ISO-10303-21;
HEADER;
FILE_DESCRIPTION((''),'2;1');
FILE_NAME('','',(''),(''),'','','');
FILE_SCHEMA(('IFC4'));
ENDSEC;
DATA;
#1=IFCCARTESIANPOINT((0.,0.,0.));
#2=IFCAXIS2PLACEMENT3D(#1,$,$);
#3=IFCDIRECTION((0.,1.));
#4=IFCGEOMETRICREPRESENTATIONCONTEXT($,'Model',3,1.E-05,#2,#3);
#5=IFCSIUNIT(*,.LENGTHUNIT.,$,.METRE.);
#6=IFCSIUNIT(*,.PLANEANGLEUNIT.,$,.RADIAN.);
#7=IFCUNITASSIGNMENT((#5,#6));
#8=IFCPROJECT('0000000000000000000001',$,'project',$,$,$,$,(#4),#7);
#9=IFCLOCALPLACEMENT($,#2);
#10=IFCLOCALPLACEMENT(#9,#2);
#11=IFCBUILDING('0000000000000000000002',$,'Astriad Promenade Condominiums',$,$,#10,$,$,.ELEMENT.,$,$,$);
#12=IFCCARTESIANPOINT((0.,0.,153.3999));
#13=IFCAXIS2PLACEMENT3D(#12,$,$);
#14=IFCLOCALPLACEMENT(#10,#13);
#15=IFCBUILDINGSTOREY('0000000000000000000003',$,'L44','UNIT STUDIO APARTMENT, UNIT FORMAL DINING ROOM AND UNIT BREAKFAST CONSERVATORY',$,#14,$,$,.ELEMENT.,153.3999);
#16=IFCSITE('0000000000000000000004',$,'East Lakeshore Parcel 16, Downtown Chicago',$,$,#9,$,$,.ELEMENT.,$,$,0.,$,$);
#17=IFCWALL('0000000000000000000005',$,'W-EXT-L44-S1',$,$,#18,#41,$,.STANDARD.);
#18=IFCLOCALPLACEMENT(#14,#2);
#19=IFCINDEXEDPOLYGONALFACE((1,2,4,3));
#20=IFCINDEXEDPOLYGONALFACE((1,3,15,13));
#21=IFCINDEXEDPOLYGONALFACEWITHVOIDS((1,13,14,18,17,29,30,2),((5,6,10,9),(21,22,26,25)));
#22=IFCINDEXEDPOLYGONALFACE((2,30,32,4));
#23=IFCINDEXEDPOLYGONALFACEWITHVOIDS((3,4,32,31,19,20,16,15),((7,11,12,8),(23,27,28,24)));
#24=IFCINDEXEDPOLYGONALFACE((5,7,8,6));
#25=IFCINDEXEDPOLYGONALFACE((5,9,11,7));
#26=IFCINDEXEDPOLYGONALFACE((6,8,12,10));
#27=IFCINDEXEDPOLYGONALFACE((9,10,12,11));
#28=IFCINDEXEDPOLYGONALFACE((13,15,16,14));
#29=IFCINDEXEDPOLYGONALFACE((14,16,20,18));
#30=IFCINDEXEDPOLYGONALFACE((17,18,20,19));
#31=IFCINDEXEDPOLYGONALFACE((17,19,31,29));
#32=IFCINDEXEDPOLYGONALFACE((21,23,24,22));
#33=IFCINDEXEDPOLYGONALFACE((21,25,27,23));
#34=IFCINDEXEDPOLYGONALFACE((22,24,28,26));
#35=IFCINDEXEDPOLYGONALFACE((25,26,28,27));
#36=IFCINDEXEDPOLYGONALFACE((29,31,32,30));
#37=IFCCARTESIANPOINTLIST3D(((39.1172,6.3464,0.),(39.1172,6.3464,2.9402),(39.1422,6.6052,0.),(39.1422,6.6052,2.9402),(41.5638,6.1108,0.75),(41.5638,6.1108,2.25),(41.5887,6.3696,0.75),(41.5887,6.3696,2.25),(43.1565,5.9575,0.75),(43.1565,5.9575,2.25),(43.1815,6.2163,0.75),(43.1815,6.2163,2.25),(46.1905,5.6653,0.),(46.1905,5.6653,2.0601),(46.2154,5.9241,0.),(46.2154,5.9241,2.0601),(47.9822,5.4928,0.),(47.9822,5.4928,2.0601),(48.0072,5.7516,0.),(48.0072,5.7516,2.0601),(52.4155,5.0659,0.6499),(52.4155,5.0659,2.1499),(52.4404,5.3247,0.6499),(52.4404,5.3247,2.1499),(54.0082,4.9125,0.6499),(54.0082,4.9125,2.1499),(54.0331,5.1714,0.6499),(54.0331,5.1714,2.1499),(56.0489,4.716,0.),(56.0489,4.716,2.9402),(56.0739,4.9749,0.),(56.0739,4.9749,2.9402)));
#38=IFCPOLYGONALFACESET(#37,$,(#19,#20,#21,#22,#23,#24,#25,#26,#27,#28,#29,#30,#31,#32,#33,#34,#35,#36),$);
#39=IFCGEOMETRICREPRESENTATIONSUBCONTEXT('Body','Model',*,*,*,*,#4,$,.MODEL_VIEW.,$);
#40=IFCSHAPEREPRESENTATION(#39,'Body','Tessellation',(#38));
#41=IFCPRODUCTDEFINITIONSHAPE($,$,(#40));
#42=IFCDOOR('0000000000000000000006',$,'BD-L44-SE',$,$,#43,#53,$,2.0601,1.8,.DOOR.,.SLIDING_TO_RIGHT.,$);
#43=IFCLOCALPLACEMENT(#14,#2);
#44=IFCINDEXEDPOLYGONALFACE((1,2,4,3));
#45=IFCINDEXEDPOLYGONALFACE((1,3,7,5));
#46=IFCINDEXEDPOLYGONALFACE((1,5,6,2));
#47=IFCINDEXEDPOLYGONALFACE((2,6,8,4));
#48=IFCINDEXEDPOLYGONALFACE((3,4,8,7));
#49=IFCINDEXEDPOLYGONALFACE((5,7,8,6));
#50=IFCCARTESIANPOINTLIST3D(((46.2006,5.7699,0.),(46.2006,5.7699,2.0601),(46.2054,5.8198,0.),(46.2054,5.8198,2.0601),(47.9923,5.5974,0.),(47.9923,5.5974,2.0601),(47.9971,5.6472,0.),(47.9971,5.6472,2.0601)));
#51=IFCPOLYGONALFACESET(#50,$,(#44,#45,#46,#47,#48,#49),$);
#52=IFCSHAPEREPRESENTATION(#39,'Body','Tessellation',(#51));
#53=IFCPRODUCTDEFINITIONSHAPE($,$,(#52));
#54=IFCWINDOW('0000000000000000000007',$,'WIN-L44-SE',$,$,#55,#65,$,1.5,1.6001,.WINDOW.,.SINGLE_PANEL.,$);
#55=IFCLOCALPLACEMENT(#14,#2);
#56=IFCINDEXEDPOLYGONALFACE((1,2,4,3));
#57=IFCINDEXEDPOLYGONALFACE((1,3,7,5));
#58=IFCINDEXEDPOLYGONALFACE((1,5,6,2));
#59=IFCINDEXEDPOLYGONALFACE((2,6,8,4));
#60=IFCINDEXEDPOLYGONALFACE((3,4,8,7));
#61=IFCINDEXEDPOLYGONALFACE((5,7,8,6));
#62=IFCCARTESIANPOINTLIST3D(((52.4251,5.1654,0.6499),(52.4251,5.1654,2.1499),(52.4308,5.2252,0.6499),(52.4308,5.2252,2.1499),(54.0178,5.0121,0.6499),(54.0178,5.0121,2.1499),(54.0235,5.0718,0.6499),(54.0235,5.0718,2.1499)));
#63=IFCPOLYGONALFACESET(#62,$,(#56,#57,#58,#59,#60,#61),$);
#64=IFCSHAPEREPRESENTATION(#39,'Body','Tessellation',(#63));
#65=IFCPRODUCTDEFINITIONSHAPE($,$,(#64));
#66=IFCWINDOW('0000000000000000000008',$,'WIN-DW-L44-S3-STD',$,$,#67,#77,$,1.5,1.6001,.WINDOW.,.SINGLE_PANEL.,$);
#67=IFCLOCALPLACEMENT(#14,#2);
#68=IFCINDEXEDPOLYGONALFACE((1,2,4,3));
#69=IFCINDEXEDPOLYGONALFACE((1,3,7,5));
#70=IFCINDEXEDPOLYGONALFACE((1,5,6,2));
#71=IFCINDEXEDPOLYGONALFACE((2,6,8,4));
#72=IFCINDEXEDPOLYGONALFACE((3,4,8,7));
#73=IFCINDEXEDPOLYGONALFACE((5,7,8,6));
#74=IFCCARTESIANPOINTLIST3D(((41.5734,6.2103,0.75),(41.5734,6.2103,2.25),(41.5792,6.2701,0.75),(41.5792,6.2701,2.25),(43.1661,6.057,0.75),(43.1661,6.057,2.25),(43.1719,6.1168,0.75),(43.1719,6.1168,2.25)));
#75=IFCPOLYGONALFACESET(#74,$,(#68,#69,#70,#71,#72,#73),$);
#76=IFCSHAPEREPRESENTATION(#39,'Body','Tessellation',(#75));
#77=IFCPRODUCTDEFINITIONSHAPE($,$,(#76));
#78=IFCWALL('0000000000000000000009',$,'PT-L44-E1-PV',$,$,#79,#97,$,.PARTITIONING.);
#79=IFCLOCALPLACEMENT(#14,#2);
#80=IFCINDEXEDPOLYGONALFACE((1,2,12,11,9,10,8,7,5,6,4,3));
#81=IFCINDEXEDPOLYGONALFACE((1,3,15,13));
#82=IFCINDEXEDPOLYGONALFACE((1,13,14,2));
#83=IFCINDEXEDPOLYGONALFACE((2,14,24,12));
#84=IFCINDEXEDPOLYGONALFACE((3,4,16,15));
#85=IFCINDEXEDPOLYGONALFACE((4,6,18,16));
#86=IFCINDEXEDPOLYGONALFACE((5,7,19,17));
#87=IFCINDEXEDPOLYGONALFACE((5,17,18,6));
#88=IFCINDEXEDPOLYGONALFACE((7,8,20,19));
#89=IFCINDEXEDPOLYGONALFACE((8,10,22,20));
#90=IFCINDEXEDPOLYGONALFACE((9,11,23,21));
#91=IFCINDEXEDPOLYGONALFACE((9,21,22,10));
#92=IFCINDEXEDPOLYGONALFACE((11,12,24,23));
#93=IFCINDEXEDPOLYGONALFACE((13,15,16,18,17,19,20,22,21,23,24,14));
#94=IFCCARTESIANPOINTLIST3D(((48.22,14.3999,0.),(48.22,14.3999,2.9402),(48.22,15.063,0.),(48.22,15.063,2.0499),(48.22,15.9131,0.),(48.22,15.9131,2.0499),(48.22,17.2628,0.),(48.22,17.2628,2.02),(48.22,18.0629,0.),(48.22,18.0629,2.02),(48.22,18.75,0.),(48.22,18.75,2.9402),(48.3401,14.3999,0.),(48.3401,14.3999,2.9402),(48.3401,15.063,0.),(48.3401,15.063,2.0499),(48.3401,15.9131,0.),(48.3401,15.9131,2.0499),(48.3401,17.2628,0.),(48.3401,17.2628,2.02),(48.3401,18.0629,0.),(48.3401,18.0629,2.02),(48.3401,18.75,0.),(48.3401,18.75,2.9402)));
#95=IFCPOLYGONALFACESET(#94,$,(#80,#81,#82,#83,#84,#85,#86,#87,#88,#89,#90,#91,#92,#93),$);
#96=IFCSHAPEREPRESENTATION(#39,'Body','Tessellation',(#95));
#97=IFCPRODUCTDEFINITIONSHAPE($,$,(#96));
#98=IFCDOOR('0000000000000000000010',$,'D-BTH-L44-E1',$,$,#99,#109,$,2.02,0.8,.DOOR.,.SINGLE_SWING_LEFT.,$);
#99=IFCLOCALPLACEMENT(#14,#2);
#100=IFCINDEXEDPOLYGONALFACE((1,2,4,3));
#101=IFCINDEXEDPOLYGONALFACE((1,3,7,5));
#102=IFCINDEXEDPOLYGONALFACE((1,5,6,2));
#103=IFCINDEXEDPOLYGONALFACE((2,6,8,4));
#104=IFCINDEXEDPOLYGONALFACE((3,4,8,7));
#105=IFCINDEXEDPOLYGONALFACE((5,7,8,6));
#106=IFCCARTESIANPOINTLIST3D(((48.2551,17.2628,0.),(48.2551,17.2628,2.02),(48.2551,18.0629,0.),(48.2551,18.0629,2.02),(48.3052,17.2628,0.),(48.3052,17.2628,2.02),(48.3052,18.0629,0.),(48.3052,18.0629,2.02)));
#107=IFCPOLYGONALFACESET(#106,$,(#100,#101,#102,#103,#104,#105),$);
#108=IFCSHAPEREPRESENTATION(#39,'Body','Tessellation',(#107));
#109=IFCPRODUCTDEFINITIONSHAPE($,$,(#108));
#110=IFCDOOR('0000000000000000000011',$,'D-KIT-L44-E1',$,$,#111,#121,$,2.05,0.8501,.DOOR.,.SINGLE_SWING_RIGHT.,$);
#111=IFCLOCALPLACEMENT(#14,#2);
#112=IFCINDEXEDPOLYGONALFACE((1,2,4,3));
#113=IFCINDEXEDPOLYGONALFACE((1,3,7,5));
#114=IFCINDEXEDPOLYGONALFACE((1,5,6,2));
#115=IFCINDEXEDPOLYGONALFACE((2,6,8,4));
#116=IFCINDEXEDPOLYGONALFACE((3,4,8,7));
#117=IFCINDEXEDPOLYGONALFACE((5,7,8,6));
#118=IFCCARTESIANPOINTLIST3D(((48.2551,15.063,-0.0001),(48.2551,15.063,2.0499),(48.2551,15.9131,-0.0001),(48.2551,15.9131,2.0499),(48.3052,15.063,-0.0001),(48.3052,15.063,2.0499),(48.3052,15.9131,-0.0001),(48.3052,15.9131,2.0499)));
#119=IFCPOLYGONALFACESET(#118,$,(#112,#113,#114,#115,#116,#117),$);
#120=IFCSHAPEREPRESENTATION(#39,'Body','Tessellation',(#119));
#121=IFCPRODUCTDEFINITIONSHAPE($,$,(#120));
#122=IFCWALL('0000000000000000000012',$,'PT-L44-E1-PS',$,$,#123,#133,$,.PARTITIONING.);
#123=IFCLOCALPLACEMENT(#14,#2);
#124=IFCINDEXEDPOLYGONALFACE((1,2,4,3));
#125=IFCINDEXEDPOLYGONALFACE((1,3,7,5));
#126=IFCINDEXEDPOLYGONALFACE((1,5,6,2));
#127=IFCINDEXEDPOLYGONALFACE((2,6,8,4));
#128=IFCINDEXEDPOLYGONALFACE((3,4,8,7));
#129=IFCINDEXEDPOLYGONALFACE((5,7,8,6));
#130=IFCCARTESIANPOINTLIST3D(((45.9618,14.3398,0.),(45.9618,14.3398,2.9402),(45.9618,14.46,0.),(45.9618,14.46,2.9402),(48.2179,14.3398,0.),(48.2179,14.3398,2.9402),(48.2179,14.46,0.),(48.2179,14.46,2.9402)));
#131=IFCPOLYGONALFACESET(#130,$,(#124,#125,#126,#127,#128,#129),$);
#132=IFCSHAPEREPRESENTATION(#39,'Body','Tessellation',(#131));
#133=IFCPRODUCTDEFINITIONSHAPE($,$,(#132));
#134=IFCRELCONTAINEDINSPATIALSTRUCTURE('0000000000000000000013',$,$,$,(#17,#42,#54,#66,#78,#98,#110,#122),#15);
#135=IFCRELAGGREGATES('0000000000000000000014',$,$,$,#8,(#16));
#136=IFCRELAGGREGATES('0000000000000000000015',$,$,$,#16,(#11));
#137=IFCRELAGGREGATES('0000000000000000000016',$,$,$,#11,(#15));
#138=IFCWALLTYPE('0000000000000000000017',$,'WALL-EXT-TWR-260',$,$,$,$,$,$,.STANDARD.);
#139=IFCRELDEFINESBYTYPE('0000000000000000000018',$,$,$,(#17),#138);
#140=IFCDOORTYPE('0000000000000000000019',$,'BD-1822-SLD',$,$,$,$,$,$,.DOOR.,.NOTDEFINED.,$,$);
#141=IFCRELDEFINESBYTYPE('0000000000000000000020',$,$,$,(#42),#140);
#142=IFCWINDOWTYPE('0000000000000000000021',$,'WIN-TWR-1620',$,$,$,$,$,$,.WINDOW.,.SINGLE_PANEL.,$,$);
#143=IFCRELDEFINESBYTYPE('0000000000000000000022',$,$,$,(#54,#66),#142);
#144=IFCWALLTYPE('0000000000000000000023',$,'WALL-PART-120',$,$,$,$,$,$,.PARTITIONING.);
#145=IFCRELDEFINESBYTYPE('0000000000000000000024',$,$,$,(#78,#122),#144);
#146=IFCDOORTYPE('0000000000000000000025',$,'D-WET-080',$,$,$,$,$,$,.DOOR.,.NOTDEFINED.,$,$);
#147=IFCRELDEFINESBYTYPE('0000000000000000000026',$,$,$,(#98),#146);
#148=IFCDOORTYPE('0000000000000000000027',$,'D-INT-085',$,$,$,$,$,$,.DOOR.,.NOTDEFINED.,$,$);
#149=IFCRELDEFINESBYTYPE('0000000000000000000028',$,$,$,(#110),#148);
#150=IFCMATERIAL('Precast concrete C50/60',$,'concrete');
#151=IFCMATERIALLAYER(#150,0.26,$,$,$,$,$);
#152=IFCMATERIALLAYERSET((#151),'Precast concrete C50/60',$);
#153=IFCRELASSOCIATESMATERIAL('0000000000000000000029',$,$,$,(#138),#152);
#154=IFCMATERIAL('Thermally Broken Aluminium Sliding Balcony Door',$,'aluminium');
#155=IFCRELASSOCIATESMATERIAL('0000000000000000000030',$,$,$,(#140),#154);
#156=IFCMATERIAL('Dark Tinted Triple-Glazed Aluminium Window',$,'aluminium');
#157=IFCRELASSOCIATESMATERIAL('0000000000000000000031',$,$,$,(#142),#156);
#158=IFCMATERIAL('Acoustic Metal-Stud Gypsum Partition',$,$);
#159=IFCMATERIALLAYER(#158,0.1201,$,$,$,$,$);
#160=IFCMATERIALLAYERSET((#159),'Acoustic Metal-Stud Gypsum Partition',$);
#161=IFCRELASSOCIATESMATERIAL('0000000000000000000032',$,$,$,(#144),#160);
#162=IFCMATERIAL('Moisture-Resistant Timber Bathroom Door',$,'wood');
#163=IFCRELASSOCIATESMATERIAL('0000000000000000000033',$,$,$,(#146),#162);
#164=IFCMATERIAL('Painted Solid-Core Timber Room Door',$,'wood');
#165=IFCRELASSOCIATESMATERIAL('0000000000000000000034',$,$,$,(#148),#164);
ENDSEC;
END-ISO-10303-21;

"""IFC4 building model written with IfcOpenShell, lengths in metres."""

from ifc_helpers import new_model, si_unit, direction, frame, frame_2d, origin, place, context, subcontext, project, spatial, rectangle, extrude, source, transform, mapped, material, layer, layer_set, type_object, type_shapes, element, fill, save


model = new_model("IFC4")

# Units and contexts
model_context = context("Model", 3, precision=1e-05, world=origin(), true_north=direction((0.0, 1.0)))
body_context = subcontext(model_context, "Body", "Model", "MODEL_VIEW")
ifc_project = project(units=[si_unit("LENGTHUNIT", "METRE"), si_unit("PLANEANGLEUNIT", "RADIAN")], contexts=[model_context])

# Site, building, storey
site_placement = place(None, origin())
site = spatial("IfcSite", under=ifc_project, at=site_placement, Name="East Lakeshore Parcel 16, Downtown Chicago", CompositionType="ELEMENT", RefElevation=0.0)
building_placement = place(site_placement, origin())
building = spatial("IfcBuilding", under=site, at=building_placement, Name="Astriad Promenade Condominiums", CompositionType="ELEMENT")
storey_placement = place(building_placement, frame((0.0, 0.0, 153.3999)))
storey = spatial("IfcBuildingStorey", under=building, at=storey_placement, Name="L44", Description="UNIT STUDIO APARTMENT, UNIT FORMAL DINING ROOM AND UNIT BREAKFAST CONSERVATORY", CompositionType="ELEMENT", Elevation=153.3999)

# Shared definitions
ifc_material_1 = material(Name="Precast concrete C50/60", Category="concrete")
ifc_layer_1 = layer(ifc_material_1, 0.26)
ifc_layer_set_1 = layer_set([ifc_layer_1], Name="Precast concrete C50/60")
wall_type_1 = type_object("IfcWallType", Name="WALL-EXT-TWR-260", PredefinedType="STANDARD", material=ifc_layer_set_1)

# Wall, openings, door, windows
wall_1_placement = place(storey_placement, frame((56.0613, 4.8455, 0.0), z_axis=(0.0, 0.0, 1.0), x_axis=(-0.995396, 0.095848, 0.0)))
wall_1 = element("IfcWall", 1, at=wall_1_placement, inside=storey, type_object=wall_type_1, Name="W-EXT-L44-S1", PredefinedType="STANDARD", context=body_context, shape_type="SweptSolid", body=[
    extrude(rectangle(XDim=17.01, YDim=0.26, at=frame_2d((8.5049, 0.0))), origin(), (0.0, 0.0, 1.0), 2.9402),
])
opening_1_placement = place(wall_1_placement, frame((8.104, 0.0, 0.0)))
opening_1 = element("IfcOpeningElement", 2, at=opening_1_placement, cuts=wall_1, PredefinedType="OPENING", context=body_context, shape_type="SweptSolid", body=[
    extrude(rectangle(XDim=1.8, YDim=2.0601, at=frame_2d((0.8999, 1.03))), frame((0.0, 0.1399, 0.0), z_axis=(0.0, -1.0, 0.0), x_axis=(1.0, 0.0, 0.0)), (0.0, 0.0, 1.0), 0.28),
])
opening_2_placement = place(wall_1_placement, frame((2.05, 0.0, 0.6499)))
opening_2 = element("IfcOpeningElement", 3, at=opening_2_placement, cuts=wall_1, PredefinedType="OPENING", context=body_context, shape_type="SweptSolid", body=[
    extrude(rectangle(XDim=1.6001, YDim=1.5, at=frame_2d((0.8, 0.75))), frame((0.0, 0.1399, 0.0), z_axis=(0.0, -1.0, 0.0), x_axis=(1.0, 0.0, 0.0)), (0.0, 0.0, 1.0), 0.28),
])
opening_3_placement = place(wall_1_placement, frame((12.9519, 0.0, 0.75)))
opening_3 = element("IfcOpeningElement", 4, at=opening_3_placement, cuts=wall_1, PredefinedType="OPENING", context=body_context, shape_type="SweptSolid", body=[
    extrude(rectangle(XDim=1.6001, YDim=1.5, at=frame_2d((0.8, 0.75))), frame((0.0, 0.1399, 0.0), z_axis=(0.0, -1.0, 0.0), x_axis=(1.0, 0.0, 0.0)), (0.0, 0.0, 1.0), 0.28),
])
ifc_material_2 = material(Name="Thermally Broken Aluminium Sliding Balcony Door", Category="aluminium")
door_type_1 = type_object("IfcDoorType", Name="BD-1822-SLD", OperationType="NOTDEFINED", PredefinedType="DOOR", material=ifc_material_2)
shared_shape_1 = source(origin(), body_context, "Body", "SweptSolid", [
    extrude(rectangle(XDim=1.8, YDim=2.0601, at=frame_2d((0.8999, 1.03))), frame((0.0, 0.0249, 0.0), z_axis=(0.0, -1.0, 0.0), x_axis=(1.0, 0.0, 0.0)), (0.0, 0.0, 1.0), 0.05),
])
type_shapes(door_type_1, [shared_shape_1])
door_1_placement = place(opening_1_placement, origin())
door_1 = element("IfcDoor", 5, at=door_1_placement, inside=storey, type_object=door_type_1, Name="BD-L44-SE", OperationType="SLIDING_TO_RIGHT", OverallHeight=2.0601, OverallWidth=1.8, PredefinedType="DOOR", context=body_context, shape_type="MappedRepresentation", body=[
    mapped(shared_shape_1, transform((0.0, 0.0, 0.0), scale=1.0)),
])
fill(opening_1, door_1)
ifc_material_3 = material(Name="Dark Tinted Triple-Glazed Aluminium Window", Category="aluminium")
window_type = type_object("IfcWindowType", Name="WIN-TWR-1620", PartitioningType="SINGLE_PANEL", PredefinedType="WINDOW", material=ifc_material_3)
shared_shape_2 = source(origin(), body_context, "Body", "SweptSolid", [
    extrude(rectangle(XDim=1.6001, YDim=1.5, at=frame_2d((0.8, 0.75))), frame((0.0, 0.03, 0.0), z_axis=(0.0, -1.0, 0.0), x_axis=(1.0, 0.0, 0.0)), (0.0, 0.0, 1.0), 0.0601),
])
type_shapes(window_type, [shared_shape_2])
window_1_placement = place(opening_2_placement, origin())
window_1 = element("IfcWindow", 6, at=window_1_placement, inside=storey, type_object=window_type, Name="WIN-L44-SE", OverallHeight=1.5, OverallWidth=1.6001, PartitioningType="SINGLE_PANEL", PredefinedType="WINDOW", context=body_context, shape_type="MappedRepresentation", body=[
    mapped(shared_shape_2, transform((0.0, 0.0, 0.0), scale=1.0)),
])
fill(opening_2, window_1)
window_2_placement = place(opening_3_placement, origin())
window_2 = element("IfcWindow", 7, at=window_2_placement, inside=storey, type_object=window_type, Name="WIN-DW-L44-S3-STD", OverallHeight=1.5, OverallWidth=1.6001, PartitioningType="SINGLE_PANEL", PredefinedType="WINDOW", context=body_context, shape_type="MappedRepresentation", body=[
    mapped(shared_shape_2, transform((0.0, 0.0, 0.0), scale=1.0)),
])
fill(opening_3, window_2)

# Wall, openings, doors
ifc_material_4 = material(Name="Acoustic Metal-Stud Gypsum Partition")
ifc_layer_2 = layer(ifc_material_4, 0.1201)
ifc_layer_set_2 = layer_set([ifc_layer_2], Name="Acoustic Metal-Stud Gypsum Partition")
wall_type_2 = type_object("IfcWallType", Name="WALL-PART-120", PredefinedType="PARTITIONING", material=ifc_layer_set_2)
wall_2_placement = place(storey_placement, frame((48.28, 14.3999, 0.0), z_axis=(0.0, 0.0, 1.0), x_axis=(0.0, 1.0, 0.0)))
wall_2 = element("IfcWall", 8, at=wall_2_placement, inside=storey, type_object=wall_type_2, Name="PT-L44-E1-PV", PredefinedType="PARTITIONING", context=body_context, shape_type="SweptSolid", body=[
    extrude(rectangle(XDim=4.3501, YDim=0.1201, at=frame_2d((2.175, 0.0))), origin(), (0.0, 0.0, 1.0), 2.9402),
])
opening_4_placement = place(wall_2_placement, frame((0.6631, 0.0, 0.0)))
opening_4 = element("IfcOpeningElement", 9, at=opening_4_placement, cuts=wall_2, PredefinedType="OPENING", context=body_context, shape_type="SweptSolid", body=[
    extrude(rectangle(XDim=0.8501, YDim=2.05, at=frame_2d((0.425, 1.0249))), frame((0.0, 0.0701, 0.0), z_axis=(0.0, -1.0, 0.0), x_axis=(1.0, 0.0, 0.0)), (0.0, 0.0, 1.0), 0.1401),
])
opening_5_placement = place(wall_2_placement, frame((2.863, 0.0, 0.0)))
opening_5 = element("IfcOpeningElement", 10, at=opening_5_placement, cuts=wall_2, PredefinedType="OPENING", context=body_context, shape_type="SweptSolid", body=[
    extrude(rectangle(XDim=0.8, YDim=2.02, at=frame_2d((0.3999, 1.01))), frame((0.0, 0.0701, 0.0), z_axis=(0.0, -1.0, 0.0), x_axis=(1.0, 0.0, 0.0)), (0.0, 0.0, 1.0), 0.1401),
])
ifc_material_5 = material(Name="Moisture-Resistant Timber Bathroom Door", Category="wood")
door_type_2 = type_object("IfcDoorType", Name="D-WET-080", OperationType="NOTDEFINED", PredefinedType="DOOR", material=ifc_material_5)
shared_shape_3 = source(origin(), body_context, "Body", "SweptSolid", [
    extrude(rectangle(XDim=0.8, YDim=2.02, at=frame_2d((0.3999, 1.01))), frame((0.0, 0.0249, 0.0), z_axis=(0.0, -1.0, 0.0), x_axis=(1.0, 0.0, 0.0)), (0.0, 0.0, 1.0), 0.05),
])
type_shapes(door_type_2, [shared_shape_3])
door_2_placement = place(opening_5_placement, origin())
door_2 = element("IfcDoor", 11, at=door_2_placement, inside=storey, type_object=door_type_2, Name="D-BTH-L44-E1", OperationType="SINGLE_SWING_LEFT", OverallHeight=2.02, OverallWidth=0.8, PredefinedType="DOOR", context=body_context, shape_type="MappedRepresentation", body=[
    mapped(shared_shape_3, transform((0.0, 0.0, 0.0), scale=1.0)),
])
fill(opening_5, door_2)
ifc_material_6 = material(Name="Painted Solid-Core Timber Room Door", Category="wood")
door_type_3 = type_object("IfcDoorType", Name="D-INT-085", OperationType="NOTDEFINED", PredefinedType="DOOR", material=ifc_material_6)
shared_shape_4 = source(origin(), body_context, "Body", "SweptSolid", [
    extrude(rectangle(XDim=0.8501, YDim=2.05, at=frame_2d((0.425, 1.0249))), frame((0.0, 0.0249, 0.0), z_axis=(0.0, -1.0, 0.0), x_axis=(1.0, 0.0, 0.0)), (0.0, 0.0, 1.0), 0.05),
])
type_shapes(door_type_3, [shared_shape_4])
door_3_placement = place(opening_4_placement, origin())
door_3 = element("IfcDoor", 12, at=door_3_placement, inside=storey, type_object=door_type_3, Name="D-KIT-L44-E1", OperationType="SINGLE_SWING_RIGHT", OverallHeight=2.05, OverallWidth=0.8501, PredefinedType="DOOR", context=body_context, shape_type="MappedRepresentation", body=[
    mapped(shared_shape_4, transform((0.0, 0.0, 0.0), scale=1.0)),
])
fill(opening_4, door_3)

# Wall
wall_3_placement = place(storey_placement, frame((45.9619, 14.3999, 0.0), z_axis=(0.0, 0.0, 1.0), x_axis=(1.0, 0.0, 0.0)))
element("IfcWall", 13, at=wall_3_placement, inside=storey, type_object=wall_type_2, Name="PT-L44-E1-PS", PredefinedType="PARTITIONING", context=body_context, shape_type="SweptSolid", body=[
    extrude(rectangle(XDim=2.2561, YDim=0.1201, at=frame_2d((1.1279, 0.0))), origin(), (0.0, 0.0, 1.0), 2.9402),
])

save(model, "model.ifc")
